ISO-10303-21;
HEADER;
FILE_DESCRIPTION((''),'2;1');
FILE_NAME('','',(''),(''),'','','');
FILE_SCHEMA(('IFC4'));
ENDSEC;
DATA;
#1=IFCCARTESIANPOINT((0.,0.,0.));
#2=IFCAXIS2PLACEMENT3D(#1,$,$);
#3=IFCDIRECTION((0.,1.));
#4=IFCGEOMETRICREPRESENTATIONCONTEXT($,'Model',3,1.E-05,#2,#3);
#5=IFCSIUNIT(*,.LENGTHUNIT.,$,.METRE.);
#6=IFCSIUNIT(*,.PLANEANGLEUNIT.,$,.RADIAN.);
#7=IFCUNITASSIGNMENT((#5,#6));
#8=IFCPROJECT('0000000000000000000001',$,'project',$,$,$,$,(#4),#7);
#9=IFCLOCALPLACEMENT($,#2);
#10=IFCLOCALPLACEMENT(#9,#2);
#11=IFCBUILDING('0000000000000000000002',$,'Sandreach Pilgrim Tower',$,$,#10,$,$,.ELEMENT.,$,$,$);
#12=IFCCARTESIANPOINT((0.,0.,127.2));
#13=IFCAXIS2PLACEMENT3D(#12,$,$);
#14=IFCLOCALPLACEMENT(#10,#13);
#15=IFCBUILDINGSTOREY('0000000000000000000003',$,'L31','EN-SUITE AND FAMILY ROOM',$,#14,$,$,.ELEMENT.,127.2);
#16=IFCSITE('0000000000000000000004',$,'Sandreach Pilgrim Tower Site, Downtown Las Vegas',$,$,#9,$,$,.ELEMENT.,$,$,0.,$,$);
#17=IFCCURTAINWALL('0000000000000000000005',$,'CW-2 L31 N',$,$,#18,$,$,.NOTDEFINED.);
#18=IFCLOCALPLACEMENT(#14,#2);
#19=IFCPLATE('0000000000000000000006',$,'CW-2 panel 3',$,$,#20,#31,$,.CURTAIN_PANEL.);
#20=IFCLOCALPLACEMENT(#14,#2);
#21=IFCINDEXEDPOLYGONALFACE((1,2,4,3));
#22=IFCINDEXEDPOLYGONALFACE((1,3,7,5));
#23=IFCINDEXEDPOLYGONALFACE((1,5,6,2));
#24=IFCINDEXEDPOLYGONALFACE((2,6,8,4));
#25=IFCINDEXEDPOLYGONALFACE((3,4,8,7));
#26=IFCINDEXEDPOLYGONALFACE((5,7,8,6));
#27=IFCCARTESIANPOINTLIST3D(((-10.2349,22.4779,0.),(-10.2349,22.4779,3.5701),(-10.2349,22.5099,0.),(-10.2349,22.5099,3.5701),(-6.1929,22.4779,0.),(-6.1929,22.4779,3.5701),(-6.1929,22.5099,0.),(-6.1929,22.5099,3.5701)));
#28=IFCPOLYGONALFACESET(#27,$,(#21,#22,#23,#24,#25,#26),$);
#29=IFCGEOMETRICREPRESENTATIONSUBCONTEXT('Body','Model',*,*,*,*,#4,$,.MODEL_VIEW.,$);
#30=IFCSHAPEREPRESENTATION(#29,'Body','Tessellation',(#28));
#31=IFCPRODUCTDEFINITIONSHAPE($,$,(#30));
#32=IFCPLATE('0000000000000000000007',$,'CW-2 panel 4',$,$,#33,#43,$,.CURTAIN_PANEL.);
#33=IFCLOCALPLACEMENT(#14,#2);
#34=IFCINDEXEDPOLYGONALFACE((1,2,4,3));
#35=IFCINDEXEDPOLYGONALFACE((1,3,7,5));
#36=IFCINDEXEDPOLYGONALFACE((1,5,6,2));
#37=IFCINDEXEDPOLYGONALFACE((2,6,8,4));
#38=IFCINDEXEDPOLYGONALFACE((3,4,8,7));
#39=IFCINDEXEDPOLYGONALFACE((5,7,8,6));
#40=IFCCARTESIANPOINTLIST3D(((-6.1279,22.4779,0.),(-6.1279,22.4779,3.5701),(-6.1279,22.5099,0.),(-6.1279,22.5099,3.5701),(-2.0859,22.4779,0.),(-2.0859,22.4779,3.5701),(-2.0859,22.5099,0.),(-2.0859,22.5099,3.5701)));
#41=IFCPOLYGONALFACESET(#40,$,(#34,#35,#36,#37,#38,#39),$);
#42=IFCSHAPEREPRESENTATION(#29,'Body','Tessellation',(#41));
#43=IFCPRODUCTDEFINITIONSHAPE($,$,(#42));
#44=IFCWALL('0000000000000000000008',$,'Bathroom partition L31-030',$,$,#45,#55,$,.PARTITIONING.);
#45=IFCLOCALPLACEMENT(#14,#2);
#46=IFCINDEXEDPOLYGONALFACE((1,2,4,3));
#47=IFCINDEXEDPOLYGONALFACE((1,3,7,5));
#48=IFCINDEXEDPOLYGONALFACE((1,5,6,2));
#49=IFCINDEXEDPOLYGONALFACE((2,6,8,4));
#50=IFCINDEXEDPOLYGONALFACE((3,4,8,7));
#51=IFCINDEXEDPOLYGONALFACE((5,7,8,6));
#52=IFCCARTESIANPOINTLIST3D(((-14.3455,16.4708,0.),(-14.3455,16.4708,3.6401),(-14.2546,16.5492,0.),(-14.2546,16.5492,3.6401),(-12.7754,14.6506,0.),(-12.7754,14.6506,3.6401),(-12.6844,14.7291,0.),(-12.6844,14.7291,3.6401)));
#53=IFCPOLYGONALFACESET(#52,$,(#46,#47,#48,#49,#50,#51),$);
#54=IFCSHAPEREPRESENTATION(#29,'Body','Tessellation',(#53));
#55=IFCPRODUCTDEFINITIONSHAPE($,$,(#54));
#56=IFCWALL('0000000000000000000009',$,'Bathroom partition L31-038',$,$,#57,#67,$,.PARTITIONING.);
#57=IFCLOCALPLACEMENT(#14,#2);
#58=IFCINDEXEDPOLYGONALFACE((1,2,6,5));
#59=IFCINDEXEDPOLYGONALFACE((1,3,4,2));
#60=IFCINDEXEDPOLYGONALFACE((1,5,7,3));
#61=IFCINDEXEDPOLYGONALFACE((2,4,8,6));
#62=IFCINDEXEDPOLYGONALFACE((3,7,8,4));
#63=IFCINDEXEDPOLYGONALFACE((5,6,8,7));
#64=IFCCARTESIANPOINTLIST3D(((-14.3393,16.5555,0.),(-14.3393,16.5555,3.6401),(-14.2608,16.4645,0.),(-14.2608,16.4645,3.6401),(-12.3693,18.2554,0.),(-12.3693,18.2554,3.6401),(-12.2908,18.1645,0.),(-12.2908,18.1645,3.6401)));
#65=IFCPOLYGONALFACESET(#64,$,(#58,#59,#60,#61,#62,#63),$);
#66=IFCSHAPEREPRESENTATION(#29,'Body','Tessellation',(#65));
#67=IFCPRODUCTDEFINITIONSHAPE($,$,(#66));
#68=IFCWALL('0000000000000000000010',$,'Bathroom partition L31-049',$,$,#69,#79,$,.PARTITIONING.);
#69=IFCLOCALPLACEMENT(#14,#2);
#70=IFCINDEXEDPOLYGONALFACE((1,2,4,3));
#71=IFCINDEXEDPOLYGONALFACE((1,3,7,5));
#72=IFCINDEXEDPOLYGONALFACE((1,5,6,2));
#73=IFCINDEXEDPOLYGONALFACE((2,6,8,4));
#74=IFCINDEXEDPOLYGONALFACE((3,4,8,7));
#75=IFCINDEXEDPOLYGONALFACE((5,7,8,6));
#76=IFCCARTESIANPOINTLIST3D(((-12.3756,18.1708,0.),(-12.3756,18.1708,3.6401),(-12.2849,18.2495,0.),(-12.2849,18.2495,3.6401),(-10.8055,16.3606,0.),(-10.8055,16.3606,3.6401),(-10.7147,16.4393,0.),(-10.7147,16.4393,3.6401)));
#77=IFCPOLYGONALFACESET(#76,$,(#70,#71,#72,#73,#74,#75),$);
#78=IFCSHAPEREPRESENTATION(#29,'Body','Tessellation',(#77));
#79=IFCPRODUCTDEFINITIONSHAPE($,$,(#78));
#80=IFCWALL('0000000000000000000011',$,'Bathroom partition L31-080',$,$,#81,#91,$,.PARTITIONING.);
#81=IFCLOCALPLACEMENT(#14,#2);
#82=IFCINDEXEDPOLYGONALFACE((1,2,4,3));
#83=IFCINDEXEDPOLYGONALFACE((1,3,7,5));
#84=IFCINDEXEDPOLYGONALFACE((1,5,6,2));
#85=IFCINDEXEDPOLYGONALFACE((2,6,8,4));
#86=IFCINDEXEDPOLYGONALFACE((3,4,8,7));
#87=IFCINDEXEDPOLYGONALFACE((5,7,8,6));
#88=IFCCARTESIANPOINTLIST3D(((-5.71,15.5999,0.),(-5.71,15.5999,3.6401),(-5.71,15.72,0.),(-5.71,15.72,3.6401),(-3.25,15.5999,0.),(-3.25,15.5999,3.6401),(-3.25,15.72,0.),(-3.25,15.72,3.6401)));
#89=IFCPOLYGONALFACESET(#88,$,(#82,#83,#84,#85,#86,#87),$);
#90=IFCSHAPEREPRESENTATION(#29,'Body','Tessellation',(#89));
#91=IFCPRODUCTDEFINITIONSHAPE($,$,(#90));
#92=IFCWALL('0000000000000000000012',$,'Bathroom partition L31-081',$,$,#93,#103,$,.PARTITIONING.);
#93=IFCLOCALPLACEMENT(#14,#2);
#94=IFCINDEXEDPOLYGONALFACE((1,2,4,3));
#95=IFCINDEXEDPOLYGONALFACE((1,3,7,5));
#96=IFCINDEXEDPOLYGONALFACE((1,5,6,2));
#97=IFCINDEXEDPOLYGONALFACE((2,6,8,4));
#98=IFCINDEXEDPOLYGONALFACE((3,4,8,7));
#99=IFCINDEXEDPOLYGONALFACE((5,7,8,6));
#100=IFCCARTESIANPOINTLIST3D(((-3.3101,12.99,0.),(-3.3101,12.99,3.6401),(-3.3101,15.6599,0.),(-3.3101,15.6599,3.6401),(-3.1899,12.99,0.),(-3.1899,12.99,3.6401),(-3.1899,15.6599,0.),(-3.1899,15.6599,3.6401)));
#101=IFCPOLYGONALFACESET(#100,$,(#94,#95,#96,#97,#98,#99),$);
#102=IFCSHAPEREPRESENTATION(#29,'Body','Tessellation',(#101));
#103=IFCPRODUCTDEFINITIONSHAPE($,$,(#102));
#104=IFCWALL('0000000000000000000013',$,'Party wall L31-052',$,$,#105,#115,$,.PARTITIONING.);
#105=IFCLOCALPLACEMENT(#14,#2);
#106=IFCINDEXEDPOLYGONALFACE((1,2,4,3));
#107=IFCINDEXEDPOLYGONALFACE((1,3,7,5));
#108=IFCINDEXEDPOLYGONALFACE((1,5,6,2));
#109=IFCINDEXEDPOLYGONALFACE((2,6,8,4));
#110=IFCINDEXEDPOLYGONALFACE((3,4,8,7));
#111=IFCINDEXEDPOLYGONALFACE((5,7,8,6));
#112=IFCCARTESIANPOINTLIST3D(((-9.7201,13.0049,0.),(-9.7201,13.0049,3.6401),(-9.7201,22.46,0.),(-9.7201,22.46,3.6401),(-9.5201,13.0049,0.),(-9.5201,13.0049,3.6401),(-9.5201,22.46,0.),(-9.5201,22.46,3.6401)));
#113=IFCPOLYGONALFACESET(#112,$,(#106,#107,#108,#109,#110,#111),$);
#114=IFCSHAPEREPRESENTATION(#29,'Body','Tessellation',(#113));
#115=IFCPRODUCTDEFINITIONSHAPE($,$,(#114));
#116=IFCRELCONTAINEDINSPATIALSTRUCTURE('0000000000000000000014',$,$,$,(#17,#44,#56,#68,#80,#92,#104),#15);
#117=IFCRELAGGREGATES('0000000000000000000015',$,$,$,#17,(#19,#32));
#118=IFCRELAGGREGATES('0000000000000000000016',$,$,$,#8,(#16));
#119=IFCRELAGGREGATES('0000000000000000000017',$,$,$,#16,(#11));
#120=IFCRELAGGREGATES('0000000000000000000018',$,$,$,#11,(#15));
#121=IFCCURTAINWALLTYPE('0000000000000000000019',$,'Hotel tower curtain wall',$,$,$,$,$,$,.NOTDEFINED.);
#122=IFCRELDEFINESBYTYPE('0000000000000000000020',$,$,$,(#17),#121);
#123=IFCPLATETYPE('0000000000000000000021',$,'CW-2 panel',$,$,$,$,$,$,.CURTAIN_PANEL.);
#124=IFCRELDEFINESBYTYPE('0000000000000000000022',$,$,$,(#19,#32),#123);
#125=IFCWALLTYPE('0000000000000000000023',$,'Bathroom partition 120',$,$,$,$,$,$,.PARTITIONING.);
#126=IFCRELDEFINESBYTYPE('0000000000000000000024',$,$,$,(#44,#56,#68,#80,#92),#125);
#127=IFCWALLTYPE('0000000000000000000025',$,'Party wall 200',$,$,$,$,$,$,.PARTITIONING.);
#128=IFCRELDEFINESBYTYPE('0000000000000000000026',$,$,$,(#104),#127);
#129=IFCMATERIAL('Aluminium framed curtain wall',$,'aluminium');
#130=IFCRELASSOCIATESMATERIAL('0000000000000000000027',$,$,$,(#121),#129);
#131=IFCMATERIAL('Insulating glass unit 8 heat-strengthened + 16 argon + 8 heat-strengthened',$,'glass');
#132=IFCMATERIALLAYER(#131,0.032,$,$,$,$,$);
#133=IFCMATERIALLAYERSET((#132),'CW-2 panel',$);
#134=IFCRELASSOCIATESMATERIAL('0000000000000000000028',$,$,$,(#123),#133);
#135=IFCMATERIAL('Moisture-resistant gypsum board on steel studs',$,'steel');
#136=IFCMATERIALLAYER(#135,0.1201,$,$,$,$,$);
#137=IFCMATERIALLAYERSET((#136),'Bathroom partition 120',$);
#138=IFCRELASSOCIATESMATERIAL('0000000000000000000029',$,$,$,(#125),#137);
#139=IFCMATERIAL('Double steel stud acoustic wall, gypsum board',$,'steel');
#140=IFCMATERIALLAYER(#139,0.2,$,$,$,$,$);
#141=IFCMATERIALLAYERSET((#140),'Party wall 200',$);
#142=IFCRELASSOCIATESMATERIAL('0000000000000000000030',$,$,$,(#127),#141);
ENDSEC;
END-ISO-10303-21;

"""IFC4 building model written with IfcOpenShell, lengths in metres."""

from ifc_helpers import new_model, si_unit, direction, frame, frame_2d, origin, origin_2d, place, context, subcontext, project, spatial, rectangle, extrude, material, layer, layer_set, type_object, element, aggregate, save


model = new_model("IFC4")

# Units and contexts
model_context = context("Model", 3, precision=1e-05, world=origin(), true_north=direction((0.0, 1.0)))
body_context = subcontext(model_context, "Body", "Model", "MODEL_VIEW")
ifc_project = project(units=[si_unit("LENGTHUNIT", "METRE"), si_unit("PLANEANGLEUNIT", "RADIAN")], contexts=[model_context])

# Site, building, storey
site_placement = place(None, origin())
site = spatial("IfcSite", under=ifc_project, at=site_placement, Name="Sandreach Pilgrim Tower Site, Downtown Las Vegas", CompositionType="ELEMENT", RefElevation=0.0)
building_placement = place(site_placement, origin())
building = spatial("IfcBuilding", under=site, at=building_placement, Name="Sandreach Pilgrim Tower", CompositionType="ELEMENT")
storey_placement = place(building_placement, frame((0.0, 0.0, 127.2)))
storey = spatial("IfcBuildingStorey", under=building, at=storey_placement, Name="L31", Description="EN-SUITE AND FAMILY ROOM", CompositionType="ELEMENT", Elevation=127.2)

# Curtain wall
ifc_material_1 = material(Name="Aluminium framed curtain wall", Category="aluminium")
curtain_wall_type = type_object("IfcCurtainWallType", Name="Hotel tower curtain wall", PredefinedType="NOTDEFINED", material=ifc_material_1)
curtain_wall_placement = place(storey_placement, origin())
curtain_wall = element("IfcCurtainWall", 1, at=curtain_wall_placement, inside=storey, type_object=curtain_wall_type, Name="CW-2 L31 N", PredefinedType="NOTDEFINED")

# Plates
ifc_material_2 = material(Name="Insulating glass unit 8 heat-strengthened + 16 argon + 8 heat-strengthened", Category="glass")
ifc_layer_1 = layer(ifc_material_2, 0.032)
ifc_layer_set_1 = layer_set([ifc_layer_1], Name="CW-2 panel")
plate_type = type_object("IfcPlateType", Name="CW-2 panel", PredefinedType="CURTAIN_PANEL", material=ifc_layer_set_1)
plate_1_placement = place(storey_placement, frame((-8.2139, 22.4939, 0.0), z_axis=(0.0, 0.0, 1.0), x_axis=(1.0, 0.0, 0.0)))
plate_1 = element("IfcPlate", 2, at=plate_1_placement, type_object=plate_type, Name="CW-2 panel 3", PredefinedType="CURTAIN_PANEL", context=body_context, shape_type="SweptSolid", body=[
    extrude(rectangle(XDim=4.042, YDim=0.032, at=origin_2d()), origin(), (0.0, 0.0, 1.0), 3.5701),
])
plate_2_placement = place(storey_placement, frame((-4.1069, 22.4939, 0.0), z_axis=(0.0, 0.0, 1.0), x_axis=(1.0, 0.0, 0.0)))
plate_2 = element("IfcPlate", 3, at=plate_2_placement, type_object=plate_type, Name="CW-2 panel 4", PredefinedType="CURTAIN_PANEL", context=body_context, shape_type="SweptSolid", body=[
    extrude(rectangle(XDim=4.042, YDim=0.032, at=origin_2d()), origin(), (0.0, 0.0, 1.0), 3.5701),
])
aggregate(curtain_wall, [plate_1, plate_2])

# Walls
ifc_material_3 = material(Name="Moisture-resistant gypsum board on steel studs", Category="steel")
ifc_layer_2 = layer(ifc_material_3, 0.1201)
ifc_layer_set_2 = layer_set([ifc_layer_2], Name="Bathroom partition 120")
wall_type_1 = type_object("IfcWallType", Name="Bathroom partition 120", PredefinedType="PARTITIONING", material=ifc_layer_set_2)
wall_1_placement = place(storey_placement, frame((-14.3, 16.51, 0.0), z_axis=(0.0, 0.0, 1.0), x_axis=(0.653189, -0.757195, 0.0)))
element("IfcWall", 4, at=wall_1_placement, inside=storey, type_object=wall_type_1, Name="Bathroom partition L31-030", PredefinedType="PARTITIONING", context=body_context, shape_type="SweptSolid", body=[
    extrude(rectangle(XDim=2.4038, YDim=0.1201, at=frame_2d((1.2019, 0.0))), origin(), (0.0, 0.0, 1.0), 3.6401),
])
wall_2_placement = place(storey_placement, frame((-12.3301, 18.21, 0.0), z_axis=(0.0, 0.0, 1.0), x_axis=(-0.757087, -0.653314, 0.0)))
element("IfcWall", 5, at=wall_2_placement, inside=storey, type_object=wall_type_1, Name="Bathroom partition L31-038", PredefinedType="PARTITIONING", context=body_context, shape_type="SweptSolid", body=[
    extrude(rectangle(XDim=2.6021, YDim=0.1201, at=frame_2d((1.301, 0.0))), origin(), (0.0, 0.0, 1.0), 3.6401),
])
wall_3_placement = place(storey_placement, frame((-10.76, 16.3999, 0.0), z_axis=(0.0, 0.0, 1.0), x_axis=(-0.655252, 0.75541, 0.0)))
element("IfcWall", 6, at=wall_3_placement, inside=storey, type_object=wall_type_1, Name="Bathroom partition L31-049", PredefinedType="PARTITIONING", context=body_context, shape_type="SweptSolid", body=[
    extrude(rectangle(XDim=2.3962, YDim=0.1201, at=frame_2d((1.1982, 0.0))), origin(), (0.0, 0.0, 1.0), 3.6401),
])
wall_4_placement = place(storey_placement, frame((-3.25, 15.6599, 0.0), z_axis=(0.0, 0.0, 1.0), x_axis=(-1.0, 0.0, 0.0)))
element("IfcWall", 7, at=wall_4_placement, inside=storey, type_object=wall_type_1, Name="Bathroom partition L31-080", PredefinedType="PARTITIONING", context=body_context, shape_type="SweptSolid", body=[
    extrude(rectangle(XDim=2.46, YDim=0.1201, at=frame_2d((1.23, 0.0))), origin(), (0.0, 0.0, 1.0), 3.6401),
])
wall_5_placement = place(storey_placement, frame((-3.25, 15.6599, 0.0), z_axis=(0.0, 0.0, 1.0), x_axis=(0.0, -1.0, 0.0)))
element("IfcWall", 8, at=wall_5_placement, inside=storey, type_object=wall_type_1, Name="Bathroom partition L31-081", PredefinedType="PARTITIONING", context=body_context, shape_type="SweptSolid", body=[
    extrude(rectangle(XDim=2.6699, YDim=0.1201, at=frame_2d((1.335, 0.0))), origin(), (0.0, 0.0, 1.0), 3.6401),
])

# Wall
ifc_material_4 = material(Name="Double steel stud acoustic wall, gypsum board", Category="steel")
ifc_layer_3 = layer(ifc_material_4, 0.2)
ifc_layer_set_3 = layer_set([ifc_layer_3], Name="Party wall 200")
wall_type_2 = type_object("IfcWallType", Name="Party wall 200", PredefinedType="PARTITIONING", material=ifc_layer_set_3)
wall_6_placement = place(storey_placement, frame((-9.6201, 22.46, 0.0), z_axis=(0.0, 0.0, 1.0), x_axis=(0.0, -1.0, 0.0)))
element("IfcWall", 9, at=wall_6_placement, inside=storey, type_object=wall_type_2, Name="Party wall L31-052", PredefinedType="PARTITIONING", context=body_context, shape_type="SweptSolid", body=[
    extrude(rectangle(XDim=9.4551, YDim=0.2, at=frame_2d((4.7275, 0.0))), origin(), (0.0, 0.0, 1.0), 3.6401),
])

save(model, "model.ifc")
